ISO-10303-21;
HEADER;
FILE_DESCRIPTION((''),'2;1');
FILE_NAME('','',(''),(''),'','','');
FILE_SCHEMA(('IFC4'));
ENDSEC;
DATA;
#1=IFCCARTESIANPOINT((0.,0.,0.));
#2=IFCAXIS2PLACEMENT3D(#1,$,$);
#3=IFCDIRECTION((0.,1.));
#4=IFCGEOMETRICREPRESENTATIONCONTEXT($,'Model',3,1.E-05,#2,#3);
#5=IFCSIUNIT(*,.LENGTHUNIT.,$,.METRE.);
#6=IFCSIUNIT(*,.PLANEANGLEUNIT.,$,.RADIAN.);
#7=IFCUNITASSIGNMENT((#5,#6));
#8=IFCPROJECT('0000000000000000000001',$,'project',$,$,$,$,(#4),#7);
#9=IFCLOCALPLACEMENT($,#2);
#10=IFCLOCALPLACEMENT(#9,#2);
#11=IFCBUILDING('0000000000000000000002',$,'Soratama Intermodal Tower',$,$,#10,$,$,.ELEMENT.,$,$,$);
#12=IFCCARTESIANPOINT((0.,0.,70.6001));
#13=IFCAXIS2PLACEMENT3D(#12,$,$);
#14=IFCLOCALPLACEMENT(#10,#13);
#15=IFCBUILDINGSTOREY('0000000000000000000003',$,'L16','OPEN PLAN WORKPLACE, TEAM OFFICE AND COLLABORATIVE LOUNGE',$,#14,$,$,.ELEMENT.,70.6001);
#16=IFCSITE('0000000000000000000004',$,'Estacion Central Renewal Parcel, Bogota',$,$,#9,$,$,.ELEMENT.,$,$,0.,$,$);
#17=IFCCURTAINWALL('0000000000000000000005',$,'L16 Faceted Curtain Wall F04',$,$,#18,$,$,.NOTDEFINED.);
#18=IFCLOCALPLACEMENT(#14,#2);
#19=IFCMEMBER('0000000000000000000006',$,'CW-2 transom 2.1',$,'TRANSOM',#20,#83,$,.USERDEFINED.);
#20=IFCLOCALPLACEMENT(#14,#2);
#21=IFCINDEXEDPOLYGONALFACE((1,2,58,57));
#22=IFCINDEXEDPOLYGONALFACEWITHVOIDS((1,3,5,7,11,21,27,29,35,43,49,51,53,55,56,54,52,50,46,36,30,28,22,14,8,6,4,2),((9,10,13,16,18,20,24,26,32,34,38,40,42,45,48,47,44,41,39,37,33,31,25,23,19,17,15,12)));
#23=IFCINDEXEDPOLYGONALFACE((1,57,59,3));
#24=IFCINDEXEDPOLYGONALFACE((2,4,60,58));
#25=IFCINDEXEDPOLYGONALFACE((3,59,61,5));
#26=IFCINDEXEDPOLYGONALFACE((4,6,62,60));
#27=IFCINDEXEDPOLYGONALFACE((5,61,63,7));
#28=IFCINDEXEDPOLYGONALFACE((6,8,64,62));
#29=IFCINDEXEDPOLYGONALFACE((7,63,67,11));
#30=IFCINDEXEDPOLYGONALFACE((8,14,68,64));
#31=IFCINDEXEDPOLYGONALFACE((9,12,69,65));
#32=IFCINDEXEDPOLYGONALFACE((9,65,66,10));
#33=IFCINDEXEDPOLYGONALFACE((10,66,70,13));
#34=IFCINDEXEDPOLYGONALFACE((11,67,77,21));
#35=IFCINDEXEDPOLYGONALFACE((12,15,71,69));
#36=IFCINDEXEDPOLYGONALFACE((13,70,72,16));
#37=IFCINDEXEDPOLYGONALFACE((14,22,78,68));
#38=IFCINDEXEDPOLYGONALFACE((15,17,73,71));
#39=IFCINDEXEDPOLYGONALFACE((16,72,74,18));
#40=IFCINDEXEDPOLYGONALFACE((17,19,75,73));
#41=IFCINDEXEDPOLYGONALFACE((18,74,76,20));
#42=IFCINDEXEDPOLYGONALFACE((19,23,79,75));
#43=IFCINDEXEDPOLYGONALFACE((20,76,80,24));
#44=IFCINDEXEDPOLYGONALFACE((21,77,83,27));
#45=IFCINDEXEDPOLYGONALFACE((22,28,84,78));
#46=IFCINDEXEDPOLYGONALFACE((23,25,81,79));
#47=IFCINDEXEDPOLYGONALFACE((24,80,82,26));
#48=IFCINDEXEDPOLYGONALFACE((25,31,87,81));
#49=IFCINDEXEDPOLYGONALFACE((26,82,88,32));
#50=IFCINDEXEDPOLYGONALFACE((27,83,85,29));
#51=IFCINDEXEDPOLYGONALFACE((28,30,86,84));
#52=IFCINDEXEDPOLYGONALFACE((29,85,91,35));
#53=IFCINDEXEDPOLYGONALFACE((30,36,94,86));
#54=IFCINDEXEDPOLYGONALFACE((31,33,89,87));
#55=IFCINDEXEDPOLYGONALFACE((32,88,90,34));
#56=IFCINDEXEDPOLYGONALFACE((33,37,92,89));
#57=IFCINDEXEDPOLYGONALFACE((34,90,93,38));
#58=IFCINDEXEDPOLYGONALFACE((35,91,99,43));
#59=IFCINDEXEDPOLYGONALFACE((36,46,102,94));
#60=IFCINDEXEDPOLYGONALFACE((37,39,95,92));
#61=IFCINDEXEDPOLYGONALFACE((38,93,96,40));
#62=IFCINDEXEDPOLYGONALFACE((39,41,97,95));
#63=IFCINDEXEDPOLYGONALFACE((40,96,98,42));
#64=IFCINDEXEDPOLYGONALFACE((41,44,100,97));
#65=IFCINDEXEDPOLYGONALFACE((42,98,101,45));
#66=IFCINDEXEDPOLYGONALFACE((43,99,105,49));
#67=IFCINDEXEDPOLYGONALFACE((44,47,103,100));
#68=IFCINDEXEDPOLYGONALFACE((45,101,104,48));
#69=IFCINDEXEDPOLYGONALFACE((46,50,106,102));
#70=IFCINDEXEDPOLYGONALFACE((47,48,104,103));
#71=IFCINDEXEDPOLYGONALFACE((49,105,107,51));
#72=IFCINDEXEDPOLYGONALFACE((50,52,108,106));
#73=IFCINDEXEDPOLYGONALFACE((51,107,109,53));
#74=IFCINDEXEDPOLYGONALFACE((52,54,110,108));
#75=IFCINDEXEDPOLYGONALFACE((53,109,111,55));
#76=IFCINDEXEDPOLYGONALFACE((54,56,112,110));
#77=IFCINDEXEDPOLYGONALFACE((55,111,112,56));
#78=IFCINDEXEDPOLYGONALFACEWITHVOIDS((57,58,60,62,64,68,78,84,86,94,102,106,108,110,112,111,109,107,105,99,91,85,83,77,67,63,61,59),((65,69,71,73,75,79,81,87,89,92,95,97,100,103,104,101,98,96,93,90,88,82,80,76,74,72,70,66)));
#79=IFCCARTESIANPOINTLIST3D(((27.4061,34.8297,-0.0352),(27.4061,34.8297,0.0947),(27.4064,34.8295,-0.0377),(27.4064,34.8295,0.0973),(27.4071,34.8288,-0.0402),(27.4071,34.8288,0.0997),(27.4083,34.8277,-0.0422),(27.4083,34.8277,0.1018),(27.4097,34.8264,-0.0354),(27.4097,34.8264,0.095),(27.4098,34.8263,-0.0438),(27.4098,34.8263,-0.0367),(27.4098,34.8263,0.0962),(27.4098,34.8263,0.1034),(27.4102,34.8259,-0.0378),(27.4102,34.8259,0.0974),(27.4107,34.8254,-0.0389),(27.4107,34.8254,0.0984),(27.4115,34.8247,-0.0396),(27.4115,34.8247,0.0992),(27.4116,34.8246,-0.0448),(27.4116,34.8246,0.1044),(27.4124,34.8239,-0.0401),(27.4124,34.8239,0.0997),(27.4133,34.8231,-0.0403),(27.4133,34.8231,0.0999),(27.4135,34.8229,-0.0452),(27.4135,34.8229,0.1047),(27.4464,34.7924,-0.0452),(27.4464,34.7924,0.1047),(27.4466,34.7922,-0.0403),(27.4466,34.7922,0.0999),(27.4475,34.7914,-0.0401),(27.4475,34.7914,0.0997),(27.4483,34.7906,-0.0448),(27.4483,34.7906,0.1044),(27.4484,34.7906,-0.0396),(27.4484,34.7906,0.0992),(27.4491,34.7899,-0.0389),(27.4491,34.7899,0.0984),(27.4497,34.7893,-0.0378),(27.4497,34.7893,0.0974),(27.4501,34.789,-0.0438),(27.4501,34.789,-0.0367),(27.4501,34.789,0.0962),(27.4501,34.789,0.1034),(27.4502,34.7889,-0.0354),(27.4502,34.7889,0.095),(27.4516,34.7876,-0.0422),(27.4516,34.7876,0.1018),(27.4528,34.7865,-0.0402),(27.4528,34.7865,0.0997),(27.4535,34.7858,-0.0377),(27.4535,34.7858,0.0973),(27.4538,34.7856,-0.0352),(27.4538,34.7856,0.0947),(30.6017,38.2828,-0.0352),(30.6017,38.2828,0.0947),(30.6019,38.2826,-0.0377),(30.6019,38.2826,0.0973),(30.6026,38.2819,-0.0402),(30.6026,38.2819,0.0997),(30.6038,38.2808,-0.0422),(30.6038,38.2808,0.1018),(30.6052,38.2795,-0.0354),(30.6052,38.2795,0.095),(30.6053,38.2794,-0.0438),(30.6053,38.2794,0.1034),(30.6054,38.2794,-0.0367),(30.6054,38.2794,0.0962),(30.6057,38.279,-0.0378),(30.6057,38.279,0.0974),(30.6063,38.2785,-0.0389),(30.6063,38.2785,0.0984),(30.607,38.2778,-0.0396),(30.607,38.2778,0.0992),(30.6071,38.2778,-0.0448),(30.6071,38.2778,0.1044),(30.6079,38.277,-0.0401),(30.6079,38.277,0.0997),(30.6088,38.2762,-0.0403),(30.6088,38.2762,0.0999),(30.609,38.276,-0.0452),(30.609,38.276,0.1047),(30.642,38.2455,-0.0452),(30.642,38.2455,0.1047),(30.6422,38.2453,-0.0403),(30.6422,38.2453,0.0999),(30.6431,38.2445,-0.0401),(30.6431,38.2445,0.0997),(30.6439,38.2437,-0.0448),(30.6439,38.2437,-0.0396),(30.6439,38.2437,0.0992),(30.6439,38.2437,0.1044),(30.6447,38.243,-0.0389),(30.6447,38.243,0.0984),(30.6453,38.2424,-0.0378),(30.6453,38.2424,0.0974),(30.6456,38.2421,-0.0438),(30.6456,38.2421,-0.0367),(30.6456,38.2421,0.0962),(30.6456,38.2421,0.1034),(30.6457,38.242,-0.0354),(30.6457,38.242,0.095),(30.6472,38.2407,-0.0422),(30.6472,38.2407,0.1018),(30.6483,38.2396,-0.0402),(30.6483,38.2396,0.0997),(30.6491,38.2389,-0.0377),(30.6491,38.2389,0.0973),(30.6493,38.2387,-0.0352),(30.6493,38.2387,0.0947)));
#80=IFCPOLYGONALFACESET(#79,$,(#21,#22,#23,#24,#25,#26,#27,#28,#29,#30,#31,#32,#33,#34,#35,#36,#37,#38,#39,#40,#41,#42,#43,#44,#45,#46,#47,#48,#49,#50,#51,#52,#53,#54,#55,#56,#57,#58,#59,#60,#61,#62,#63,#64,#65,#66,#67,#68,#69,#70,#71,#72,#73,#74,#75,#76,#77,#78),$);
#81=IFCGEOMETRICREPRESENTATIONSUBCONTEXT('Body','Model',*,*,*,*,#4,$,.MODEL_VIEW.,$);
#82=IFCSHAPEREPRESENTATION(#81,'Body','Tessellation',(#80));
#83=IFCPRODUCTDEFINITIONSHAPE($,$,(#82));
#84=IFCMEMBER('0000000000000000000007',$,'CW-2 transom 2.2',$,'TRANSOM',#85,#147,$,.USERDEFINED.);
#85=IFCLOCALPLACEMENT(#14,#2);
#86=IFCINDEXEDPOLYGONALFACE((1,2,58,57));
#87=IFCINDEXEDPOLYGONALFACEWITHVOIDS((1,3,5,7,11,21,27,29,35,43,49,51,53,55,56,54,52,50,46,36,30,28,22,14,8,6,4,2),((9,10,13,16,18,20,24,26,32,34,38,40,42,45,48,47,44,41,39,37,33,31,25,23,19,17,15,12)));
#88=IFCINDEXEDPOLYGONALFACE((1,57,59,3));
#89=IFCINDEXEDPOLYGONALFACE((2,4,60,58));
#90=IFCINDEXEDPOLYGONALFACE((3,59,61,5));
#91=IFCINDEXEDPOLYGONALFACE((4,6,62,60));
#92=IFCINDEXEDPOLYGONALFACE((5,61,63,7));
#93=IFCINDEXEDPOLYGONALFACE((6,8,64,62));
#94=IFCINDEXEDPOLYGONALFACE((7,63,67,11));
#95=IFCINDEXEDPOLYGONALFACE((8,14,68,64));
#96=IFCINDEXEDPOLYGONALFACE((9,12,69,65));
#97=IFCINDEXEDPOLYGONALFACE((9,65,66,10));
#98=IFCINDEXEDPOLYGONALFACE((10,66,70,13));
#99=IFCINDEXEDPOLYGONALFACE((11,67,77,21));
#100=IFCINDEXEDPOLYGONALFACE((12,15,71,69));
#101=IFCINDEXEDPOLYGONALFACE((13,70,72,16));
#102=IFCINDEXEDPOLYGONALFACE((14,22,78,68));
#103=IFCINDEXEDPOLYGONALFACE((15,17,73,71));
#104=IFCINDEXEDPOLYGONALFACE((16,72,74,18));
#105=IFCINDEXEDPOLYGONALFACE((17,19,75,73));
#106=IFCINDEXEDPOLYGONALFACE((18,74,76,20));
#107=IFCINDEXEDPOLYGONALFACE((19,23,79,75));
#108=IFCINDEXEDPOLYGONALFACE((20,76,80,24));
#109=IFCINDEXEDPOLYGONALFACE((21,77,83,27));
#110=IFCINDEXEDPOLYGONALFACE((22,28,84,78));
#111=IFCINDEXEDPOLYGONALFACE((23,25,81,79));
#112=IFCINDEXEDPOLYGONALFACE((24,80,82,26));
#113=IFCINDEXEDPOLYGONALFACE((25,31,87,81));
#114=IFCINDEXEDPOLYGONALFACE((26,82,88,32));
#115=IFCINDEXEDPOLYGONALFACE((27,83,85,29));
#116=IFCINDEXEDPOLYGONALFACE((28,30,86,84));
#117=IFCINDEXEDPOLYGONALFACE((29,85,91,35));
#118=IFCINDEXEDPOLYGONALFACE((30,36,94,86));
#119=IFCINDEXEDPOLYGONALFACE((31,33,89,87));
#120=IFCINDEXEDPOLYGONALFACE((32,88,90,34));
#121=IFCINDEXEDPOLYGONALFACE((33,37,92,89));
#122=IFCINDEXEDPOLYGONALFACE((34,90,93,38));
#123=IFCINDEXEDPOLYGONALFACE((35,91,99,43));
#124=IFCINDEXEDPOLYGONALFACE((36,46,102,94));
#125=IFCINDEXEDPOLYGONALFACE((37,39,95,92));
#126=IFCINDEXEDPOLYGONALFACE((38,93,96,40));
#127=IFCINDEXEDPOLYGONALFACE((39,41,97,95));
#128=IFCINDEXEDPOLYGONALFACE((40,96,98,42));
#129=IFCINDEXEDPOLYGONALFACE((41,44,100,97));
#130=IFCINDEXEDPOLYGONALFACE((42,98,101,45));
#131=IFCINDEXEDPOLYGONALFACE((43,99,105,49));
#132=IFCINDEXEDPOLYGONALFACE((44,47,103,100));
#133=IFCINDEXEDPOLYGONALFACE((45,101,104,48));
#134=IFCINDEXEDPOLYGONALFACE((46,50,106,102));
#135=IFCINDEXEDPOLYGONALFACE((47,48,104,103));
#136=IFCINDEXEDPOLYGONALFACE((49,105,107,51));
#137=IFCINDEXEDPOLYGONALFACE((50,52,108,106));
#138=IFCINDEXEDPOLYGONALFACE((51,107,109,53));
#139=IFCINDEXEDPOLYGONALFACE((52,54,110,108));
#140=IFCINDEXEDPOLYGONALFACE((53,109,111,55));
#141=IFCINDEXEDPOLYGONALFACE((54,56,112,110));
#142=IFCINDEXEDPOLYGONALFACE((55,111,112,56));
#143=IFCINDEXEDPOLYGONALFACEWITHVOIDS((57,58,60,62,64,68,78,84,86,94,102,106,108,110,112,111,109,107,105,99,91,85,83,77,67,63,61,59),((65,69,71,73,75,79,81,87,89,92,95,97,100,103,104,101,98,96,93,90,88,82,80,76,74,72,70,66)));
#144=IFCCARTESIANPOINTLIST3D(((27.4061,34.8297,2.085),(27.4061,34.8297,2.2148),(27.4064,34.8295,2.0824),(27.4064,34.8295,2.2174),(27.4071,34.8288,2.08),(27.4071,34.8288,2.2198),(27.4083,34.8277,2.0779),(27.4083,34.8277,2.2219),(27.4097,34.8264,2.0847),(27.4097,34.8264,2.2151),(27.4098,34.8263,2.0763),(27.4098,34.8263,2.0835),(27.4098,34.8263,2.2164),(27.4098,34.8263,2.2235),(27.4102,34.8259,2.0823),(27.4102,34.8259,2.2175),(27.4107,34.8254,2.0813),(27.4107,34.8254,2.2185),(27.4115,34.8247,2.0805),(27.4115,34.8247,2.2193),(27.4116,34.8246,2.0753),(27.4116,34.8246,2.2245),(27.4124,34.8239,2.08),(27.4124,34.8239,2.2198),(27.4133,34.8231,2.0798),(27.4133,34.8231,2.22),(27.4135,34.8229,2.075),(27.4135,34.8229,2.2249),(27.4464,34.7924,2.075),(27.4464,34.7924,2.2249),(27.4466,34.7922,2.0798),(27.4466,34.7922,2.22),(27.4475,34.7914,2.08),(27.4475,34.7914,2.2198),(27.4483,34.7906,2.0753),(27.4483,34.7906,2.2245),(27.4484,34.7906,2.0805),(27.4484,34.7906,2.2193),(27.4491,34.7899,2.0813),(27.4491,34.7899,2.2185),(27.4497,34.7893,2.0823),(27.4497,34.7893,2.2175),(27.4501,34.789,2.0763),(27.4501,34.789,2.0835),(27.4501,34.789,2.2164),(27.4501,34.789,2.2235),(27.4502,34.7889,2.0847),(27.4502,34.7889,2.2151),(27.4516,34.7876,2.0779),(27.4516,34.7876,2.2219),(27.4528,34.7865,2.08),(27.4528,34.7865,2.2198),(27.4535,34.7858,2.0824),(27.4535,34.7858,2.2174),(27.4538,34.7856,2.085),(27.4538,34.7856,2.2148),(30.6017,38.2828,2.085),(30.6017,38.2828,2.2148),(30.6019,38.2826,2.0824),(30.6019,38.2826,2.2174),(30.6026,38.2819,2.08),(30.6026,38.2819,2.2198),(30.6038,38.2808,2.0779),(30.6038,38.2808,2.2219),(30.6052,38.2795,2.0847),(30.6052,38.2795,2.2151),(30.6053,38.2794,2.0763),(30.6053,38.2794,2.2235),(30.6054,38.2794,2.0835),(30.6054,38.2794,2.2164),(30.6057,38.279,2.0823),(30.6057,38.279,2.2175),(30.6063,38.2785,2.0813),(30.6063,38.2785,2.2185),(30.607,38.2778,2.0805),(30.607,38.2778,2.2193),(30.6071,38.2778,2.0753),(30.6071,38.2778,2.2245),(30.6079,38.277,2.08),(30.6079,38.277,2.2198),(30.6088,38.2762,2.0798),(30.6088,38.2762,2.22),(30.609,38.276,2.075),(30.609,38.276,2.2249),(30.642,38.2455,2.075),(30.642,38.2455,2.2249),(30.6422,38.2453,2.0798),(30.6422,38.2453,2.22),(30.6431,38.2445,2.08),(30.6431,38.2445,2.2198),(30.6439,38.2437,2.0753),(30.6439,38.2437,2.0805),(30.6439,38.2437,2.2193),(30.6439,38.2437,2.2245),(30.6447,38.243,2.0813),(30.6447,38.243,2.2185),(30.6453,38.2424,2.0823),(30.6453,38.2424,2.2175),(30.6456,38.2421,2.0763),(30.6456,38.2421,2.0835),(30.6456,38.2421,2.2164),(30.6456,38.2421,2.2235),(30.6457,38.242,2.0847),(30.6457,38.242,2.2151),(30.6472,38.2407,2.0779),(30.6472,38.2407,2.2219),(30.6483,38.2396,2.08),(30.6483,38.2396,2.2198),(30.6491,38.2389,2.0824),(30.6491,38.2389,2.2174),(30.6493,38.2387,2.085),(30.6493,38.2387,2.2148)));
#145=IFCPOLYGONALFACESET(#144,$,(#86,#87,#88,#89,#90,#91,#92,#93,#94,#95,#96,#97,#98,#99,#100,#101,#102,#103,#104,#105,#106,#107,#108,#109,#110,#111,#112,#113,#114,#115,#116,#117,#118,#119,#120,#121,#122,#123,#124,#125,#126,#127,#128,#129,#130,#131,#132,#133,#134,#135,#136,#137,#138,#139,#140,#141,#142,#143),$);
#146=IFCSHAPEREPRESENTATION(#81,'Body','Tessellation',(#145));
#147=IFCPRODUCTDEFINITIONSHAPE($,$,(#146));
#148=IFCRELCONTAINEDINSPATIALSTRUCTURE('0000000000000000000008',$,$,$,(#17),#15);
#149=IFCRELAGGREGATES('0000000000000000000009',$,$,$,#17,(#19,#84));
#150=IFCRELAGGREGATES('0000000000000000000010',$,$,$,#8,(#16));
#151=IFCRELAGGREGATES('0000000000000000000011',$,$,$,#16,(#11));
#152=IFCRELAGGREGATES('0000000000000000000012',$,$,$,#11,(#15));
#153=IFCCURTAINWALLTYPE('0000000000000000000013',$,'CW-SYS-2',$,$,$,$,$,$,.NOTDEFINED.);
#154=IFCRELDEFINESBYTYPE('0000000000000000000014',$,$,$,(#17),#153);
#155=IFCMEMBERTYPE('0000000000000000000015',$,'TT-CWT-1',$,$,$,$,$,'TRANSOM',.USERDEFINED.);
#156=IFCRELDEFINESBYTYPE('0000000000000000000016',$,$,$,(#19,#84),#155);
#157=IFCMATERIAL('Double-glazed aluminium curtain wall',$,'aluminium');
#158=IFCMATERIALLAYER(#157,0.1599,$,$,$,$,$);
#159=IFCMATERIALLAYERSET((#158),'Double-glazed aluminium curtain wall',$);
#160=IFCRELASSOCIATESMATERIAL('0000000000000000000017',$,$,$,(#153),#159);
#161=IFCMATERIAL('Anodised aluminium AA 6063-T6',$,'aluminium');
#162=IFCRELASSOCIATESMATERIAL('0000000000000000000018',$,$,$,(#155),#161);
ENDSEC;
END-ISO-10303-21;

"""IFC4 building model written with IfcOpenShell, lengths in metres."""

from ifc_helpers import new_model, si_unit, direction, frame, origin, origin_2d, place, context, subcontext, project, spatial, hollow_rectangle, extrude, material, layer, layer_set, material_profile, profile_set, type_object, element, aggregate, save


model = new_model("IFC4")

# Units and contexts
model_context = context("Model", 3, precision=1e-05, world=origin(), true_north=direction((0.0, 1.0)))
body_context = subcontext(model_context, "Body", "Model", "MODEL_VIEW")
ifc_project = project(units=[si_unit("LENGTHUNIT", "METRE"), si_unit("PLANEANGLEUNIT", "RADIAN")], contexts=[model_context])

# Site, building, storey
site_placement = place(None, origin())
site = spatial("IfcSite", under=ifc_project, at=site_placement, Name="Estacion Central Renewal Parcel, Bogota", CompositionType="ELEMENT", RefElevation=0.0)
building_placement = place(site_placement, origin())
building = spatial("IfcBuilding", under=site, at=building_placement, Name="Soratama Intermodal Tower", CompositionType="ELEMENT")
storey_placement = place(building_placement, frame((0.0, 0.0, 70.6001)))
storey = spatial("IfcBuildingStorey", under=building, at=storey_placement, Name="L16", Description="OPEN PLAN WORKPLACE, TEAM OFFICE AND COLLABORATIVE LOUNGE", CompositionType="ELEMENT", Elevation=70.6001)

# Curtain wall, members
ifc_material_1 = material(Name="Double-glazed aluminium curtain wall", Category="aluminium")
ifc_layer_1 = layer(ifc_material_1, 0.1599)
ifc_layer_set_1 = layer_set([ifc_layer_1], Name="Double-glazed aluminium curtain wall")
curtain_wall_type = type_object("IfcCurtainWallType", Name="CW-SYS-2", PredefinedType="NOTDEFINED", material=ifc_layer_set_1)
curtain_wall_placement = place(storey_placement, origin())
curtain_wall = element("IfcCurtainWall", 1, at=curtain_wall_placement, inside=storey, type_object=curtain_wall_type, Name="L16 Faceted Curtain Wall F04", PredefinedType="NOTDEFINED")
ifc_material_2 = material(Name="Anodised aluminium AA 6063-T6", Category="aluminium")
ifc_material_profile_1 = material_profile(ifc_material_2, hollow_rectangle(XDim=0.0649, YDim=0.1499, WallThickness=0.0049, InnerFilletRadius=0.0049, OuterFilletRadius=0.01, at=origin_2d()), Name="CWT150X65X5")
ifc_profile_set_1 = profile_set([ifc_material_profile_1], Name="Anodised aluminium AA 6063-T6")
member_type_1 = type_object("IfcMemberType", Name="TT-CWT-1", ElementType="TRANSOM", PredefinedType="USERDEFINED", material=ifc_profile_set_1)
member_1_placement = place(storey_placement, frame((30.6255, 38.2607, 0.0298), z_axis=(-0.679204, -0.733949, 0.0), x_axis=(0.733949, -0.679204, 0.0)))
member_1 = element("IfcMember", 2, at=member_1_placement, type_object=member_type_1, Name="CW-2 transom 2.1", ObjectType="TRANSOM", PredefinedType="USERDEFINED", context=body_context, shape_type="SweptSolid", body=[
    extrude(hollow_rectangle(XDim=0.0649, YDim=0.1499, WallThickness=0.0049, InnerFilletRadius=0.0049, OuterFilletRadius=0.01, at=origin_2d()), origin(), (0.0, 0.0, 1.0), 4.7048),
])
member_2_placement = place(storey_placement, frame((30.6255, 38.2607, 2.1499), z_axis=(-0.679204, -0.733949, 0.0), x_axis=(0.733949, -0.679204, 0.0)))
member_2 = element("IfcMember", 3, at=member_2_placement, type_object=member_type_1, Name="CW-2 transom 2.2", ObjectType="TRANSOM", PredefinedType="USERDEFINED", context=body_context, shape_type="SweptSolid", body=[
    extrude(hollow_rectangle(XDim=0.0649, YDim=0.1499, WallThickness=0.0049, InnerFilletRadius=0.0049, OuterFilletRadius=0.01, at=origin_2d()), origin(), (0.0, 0.0, 1.0), 4.7048),
])
aggregate(curtain_wall, [member_1, member_2])

save(model, "model.ifc")
